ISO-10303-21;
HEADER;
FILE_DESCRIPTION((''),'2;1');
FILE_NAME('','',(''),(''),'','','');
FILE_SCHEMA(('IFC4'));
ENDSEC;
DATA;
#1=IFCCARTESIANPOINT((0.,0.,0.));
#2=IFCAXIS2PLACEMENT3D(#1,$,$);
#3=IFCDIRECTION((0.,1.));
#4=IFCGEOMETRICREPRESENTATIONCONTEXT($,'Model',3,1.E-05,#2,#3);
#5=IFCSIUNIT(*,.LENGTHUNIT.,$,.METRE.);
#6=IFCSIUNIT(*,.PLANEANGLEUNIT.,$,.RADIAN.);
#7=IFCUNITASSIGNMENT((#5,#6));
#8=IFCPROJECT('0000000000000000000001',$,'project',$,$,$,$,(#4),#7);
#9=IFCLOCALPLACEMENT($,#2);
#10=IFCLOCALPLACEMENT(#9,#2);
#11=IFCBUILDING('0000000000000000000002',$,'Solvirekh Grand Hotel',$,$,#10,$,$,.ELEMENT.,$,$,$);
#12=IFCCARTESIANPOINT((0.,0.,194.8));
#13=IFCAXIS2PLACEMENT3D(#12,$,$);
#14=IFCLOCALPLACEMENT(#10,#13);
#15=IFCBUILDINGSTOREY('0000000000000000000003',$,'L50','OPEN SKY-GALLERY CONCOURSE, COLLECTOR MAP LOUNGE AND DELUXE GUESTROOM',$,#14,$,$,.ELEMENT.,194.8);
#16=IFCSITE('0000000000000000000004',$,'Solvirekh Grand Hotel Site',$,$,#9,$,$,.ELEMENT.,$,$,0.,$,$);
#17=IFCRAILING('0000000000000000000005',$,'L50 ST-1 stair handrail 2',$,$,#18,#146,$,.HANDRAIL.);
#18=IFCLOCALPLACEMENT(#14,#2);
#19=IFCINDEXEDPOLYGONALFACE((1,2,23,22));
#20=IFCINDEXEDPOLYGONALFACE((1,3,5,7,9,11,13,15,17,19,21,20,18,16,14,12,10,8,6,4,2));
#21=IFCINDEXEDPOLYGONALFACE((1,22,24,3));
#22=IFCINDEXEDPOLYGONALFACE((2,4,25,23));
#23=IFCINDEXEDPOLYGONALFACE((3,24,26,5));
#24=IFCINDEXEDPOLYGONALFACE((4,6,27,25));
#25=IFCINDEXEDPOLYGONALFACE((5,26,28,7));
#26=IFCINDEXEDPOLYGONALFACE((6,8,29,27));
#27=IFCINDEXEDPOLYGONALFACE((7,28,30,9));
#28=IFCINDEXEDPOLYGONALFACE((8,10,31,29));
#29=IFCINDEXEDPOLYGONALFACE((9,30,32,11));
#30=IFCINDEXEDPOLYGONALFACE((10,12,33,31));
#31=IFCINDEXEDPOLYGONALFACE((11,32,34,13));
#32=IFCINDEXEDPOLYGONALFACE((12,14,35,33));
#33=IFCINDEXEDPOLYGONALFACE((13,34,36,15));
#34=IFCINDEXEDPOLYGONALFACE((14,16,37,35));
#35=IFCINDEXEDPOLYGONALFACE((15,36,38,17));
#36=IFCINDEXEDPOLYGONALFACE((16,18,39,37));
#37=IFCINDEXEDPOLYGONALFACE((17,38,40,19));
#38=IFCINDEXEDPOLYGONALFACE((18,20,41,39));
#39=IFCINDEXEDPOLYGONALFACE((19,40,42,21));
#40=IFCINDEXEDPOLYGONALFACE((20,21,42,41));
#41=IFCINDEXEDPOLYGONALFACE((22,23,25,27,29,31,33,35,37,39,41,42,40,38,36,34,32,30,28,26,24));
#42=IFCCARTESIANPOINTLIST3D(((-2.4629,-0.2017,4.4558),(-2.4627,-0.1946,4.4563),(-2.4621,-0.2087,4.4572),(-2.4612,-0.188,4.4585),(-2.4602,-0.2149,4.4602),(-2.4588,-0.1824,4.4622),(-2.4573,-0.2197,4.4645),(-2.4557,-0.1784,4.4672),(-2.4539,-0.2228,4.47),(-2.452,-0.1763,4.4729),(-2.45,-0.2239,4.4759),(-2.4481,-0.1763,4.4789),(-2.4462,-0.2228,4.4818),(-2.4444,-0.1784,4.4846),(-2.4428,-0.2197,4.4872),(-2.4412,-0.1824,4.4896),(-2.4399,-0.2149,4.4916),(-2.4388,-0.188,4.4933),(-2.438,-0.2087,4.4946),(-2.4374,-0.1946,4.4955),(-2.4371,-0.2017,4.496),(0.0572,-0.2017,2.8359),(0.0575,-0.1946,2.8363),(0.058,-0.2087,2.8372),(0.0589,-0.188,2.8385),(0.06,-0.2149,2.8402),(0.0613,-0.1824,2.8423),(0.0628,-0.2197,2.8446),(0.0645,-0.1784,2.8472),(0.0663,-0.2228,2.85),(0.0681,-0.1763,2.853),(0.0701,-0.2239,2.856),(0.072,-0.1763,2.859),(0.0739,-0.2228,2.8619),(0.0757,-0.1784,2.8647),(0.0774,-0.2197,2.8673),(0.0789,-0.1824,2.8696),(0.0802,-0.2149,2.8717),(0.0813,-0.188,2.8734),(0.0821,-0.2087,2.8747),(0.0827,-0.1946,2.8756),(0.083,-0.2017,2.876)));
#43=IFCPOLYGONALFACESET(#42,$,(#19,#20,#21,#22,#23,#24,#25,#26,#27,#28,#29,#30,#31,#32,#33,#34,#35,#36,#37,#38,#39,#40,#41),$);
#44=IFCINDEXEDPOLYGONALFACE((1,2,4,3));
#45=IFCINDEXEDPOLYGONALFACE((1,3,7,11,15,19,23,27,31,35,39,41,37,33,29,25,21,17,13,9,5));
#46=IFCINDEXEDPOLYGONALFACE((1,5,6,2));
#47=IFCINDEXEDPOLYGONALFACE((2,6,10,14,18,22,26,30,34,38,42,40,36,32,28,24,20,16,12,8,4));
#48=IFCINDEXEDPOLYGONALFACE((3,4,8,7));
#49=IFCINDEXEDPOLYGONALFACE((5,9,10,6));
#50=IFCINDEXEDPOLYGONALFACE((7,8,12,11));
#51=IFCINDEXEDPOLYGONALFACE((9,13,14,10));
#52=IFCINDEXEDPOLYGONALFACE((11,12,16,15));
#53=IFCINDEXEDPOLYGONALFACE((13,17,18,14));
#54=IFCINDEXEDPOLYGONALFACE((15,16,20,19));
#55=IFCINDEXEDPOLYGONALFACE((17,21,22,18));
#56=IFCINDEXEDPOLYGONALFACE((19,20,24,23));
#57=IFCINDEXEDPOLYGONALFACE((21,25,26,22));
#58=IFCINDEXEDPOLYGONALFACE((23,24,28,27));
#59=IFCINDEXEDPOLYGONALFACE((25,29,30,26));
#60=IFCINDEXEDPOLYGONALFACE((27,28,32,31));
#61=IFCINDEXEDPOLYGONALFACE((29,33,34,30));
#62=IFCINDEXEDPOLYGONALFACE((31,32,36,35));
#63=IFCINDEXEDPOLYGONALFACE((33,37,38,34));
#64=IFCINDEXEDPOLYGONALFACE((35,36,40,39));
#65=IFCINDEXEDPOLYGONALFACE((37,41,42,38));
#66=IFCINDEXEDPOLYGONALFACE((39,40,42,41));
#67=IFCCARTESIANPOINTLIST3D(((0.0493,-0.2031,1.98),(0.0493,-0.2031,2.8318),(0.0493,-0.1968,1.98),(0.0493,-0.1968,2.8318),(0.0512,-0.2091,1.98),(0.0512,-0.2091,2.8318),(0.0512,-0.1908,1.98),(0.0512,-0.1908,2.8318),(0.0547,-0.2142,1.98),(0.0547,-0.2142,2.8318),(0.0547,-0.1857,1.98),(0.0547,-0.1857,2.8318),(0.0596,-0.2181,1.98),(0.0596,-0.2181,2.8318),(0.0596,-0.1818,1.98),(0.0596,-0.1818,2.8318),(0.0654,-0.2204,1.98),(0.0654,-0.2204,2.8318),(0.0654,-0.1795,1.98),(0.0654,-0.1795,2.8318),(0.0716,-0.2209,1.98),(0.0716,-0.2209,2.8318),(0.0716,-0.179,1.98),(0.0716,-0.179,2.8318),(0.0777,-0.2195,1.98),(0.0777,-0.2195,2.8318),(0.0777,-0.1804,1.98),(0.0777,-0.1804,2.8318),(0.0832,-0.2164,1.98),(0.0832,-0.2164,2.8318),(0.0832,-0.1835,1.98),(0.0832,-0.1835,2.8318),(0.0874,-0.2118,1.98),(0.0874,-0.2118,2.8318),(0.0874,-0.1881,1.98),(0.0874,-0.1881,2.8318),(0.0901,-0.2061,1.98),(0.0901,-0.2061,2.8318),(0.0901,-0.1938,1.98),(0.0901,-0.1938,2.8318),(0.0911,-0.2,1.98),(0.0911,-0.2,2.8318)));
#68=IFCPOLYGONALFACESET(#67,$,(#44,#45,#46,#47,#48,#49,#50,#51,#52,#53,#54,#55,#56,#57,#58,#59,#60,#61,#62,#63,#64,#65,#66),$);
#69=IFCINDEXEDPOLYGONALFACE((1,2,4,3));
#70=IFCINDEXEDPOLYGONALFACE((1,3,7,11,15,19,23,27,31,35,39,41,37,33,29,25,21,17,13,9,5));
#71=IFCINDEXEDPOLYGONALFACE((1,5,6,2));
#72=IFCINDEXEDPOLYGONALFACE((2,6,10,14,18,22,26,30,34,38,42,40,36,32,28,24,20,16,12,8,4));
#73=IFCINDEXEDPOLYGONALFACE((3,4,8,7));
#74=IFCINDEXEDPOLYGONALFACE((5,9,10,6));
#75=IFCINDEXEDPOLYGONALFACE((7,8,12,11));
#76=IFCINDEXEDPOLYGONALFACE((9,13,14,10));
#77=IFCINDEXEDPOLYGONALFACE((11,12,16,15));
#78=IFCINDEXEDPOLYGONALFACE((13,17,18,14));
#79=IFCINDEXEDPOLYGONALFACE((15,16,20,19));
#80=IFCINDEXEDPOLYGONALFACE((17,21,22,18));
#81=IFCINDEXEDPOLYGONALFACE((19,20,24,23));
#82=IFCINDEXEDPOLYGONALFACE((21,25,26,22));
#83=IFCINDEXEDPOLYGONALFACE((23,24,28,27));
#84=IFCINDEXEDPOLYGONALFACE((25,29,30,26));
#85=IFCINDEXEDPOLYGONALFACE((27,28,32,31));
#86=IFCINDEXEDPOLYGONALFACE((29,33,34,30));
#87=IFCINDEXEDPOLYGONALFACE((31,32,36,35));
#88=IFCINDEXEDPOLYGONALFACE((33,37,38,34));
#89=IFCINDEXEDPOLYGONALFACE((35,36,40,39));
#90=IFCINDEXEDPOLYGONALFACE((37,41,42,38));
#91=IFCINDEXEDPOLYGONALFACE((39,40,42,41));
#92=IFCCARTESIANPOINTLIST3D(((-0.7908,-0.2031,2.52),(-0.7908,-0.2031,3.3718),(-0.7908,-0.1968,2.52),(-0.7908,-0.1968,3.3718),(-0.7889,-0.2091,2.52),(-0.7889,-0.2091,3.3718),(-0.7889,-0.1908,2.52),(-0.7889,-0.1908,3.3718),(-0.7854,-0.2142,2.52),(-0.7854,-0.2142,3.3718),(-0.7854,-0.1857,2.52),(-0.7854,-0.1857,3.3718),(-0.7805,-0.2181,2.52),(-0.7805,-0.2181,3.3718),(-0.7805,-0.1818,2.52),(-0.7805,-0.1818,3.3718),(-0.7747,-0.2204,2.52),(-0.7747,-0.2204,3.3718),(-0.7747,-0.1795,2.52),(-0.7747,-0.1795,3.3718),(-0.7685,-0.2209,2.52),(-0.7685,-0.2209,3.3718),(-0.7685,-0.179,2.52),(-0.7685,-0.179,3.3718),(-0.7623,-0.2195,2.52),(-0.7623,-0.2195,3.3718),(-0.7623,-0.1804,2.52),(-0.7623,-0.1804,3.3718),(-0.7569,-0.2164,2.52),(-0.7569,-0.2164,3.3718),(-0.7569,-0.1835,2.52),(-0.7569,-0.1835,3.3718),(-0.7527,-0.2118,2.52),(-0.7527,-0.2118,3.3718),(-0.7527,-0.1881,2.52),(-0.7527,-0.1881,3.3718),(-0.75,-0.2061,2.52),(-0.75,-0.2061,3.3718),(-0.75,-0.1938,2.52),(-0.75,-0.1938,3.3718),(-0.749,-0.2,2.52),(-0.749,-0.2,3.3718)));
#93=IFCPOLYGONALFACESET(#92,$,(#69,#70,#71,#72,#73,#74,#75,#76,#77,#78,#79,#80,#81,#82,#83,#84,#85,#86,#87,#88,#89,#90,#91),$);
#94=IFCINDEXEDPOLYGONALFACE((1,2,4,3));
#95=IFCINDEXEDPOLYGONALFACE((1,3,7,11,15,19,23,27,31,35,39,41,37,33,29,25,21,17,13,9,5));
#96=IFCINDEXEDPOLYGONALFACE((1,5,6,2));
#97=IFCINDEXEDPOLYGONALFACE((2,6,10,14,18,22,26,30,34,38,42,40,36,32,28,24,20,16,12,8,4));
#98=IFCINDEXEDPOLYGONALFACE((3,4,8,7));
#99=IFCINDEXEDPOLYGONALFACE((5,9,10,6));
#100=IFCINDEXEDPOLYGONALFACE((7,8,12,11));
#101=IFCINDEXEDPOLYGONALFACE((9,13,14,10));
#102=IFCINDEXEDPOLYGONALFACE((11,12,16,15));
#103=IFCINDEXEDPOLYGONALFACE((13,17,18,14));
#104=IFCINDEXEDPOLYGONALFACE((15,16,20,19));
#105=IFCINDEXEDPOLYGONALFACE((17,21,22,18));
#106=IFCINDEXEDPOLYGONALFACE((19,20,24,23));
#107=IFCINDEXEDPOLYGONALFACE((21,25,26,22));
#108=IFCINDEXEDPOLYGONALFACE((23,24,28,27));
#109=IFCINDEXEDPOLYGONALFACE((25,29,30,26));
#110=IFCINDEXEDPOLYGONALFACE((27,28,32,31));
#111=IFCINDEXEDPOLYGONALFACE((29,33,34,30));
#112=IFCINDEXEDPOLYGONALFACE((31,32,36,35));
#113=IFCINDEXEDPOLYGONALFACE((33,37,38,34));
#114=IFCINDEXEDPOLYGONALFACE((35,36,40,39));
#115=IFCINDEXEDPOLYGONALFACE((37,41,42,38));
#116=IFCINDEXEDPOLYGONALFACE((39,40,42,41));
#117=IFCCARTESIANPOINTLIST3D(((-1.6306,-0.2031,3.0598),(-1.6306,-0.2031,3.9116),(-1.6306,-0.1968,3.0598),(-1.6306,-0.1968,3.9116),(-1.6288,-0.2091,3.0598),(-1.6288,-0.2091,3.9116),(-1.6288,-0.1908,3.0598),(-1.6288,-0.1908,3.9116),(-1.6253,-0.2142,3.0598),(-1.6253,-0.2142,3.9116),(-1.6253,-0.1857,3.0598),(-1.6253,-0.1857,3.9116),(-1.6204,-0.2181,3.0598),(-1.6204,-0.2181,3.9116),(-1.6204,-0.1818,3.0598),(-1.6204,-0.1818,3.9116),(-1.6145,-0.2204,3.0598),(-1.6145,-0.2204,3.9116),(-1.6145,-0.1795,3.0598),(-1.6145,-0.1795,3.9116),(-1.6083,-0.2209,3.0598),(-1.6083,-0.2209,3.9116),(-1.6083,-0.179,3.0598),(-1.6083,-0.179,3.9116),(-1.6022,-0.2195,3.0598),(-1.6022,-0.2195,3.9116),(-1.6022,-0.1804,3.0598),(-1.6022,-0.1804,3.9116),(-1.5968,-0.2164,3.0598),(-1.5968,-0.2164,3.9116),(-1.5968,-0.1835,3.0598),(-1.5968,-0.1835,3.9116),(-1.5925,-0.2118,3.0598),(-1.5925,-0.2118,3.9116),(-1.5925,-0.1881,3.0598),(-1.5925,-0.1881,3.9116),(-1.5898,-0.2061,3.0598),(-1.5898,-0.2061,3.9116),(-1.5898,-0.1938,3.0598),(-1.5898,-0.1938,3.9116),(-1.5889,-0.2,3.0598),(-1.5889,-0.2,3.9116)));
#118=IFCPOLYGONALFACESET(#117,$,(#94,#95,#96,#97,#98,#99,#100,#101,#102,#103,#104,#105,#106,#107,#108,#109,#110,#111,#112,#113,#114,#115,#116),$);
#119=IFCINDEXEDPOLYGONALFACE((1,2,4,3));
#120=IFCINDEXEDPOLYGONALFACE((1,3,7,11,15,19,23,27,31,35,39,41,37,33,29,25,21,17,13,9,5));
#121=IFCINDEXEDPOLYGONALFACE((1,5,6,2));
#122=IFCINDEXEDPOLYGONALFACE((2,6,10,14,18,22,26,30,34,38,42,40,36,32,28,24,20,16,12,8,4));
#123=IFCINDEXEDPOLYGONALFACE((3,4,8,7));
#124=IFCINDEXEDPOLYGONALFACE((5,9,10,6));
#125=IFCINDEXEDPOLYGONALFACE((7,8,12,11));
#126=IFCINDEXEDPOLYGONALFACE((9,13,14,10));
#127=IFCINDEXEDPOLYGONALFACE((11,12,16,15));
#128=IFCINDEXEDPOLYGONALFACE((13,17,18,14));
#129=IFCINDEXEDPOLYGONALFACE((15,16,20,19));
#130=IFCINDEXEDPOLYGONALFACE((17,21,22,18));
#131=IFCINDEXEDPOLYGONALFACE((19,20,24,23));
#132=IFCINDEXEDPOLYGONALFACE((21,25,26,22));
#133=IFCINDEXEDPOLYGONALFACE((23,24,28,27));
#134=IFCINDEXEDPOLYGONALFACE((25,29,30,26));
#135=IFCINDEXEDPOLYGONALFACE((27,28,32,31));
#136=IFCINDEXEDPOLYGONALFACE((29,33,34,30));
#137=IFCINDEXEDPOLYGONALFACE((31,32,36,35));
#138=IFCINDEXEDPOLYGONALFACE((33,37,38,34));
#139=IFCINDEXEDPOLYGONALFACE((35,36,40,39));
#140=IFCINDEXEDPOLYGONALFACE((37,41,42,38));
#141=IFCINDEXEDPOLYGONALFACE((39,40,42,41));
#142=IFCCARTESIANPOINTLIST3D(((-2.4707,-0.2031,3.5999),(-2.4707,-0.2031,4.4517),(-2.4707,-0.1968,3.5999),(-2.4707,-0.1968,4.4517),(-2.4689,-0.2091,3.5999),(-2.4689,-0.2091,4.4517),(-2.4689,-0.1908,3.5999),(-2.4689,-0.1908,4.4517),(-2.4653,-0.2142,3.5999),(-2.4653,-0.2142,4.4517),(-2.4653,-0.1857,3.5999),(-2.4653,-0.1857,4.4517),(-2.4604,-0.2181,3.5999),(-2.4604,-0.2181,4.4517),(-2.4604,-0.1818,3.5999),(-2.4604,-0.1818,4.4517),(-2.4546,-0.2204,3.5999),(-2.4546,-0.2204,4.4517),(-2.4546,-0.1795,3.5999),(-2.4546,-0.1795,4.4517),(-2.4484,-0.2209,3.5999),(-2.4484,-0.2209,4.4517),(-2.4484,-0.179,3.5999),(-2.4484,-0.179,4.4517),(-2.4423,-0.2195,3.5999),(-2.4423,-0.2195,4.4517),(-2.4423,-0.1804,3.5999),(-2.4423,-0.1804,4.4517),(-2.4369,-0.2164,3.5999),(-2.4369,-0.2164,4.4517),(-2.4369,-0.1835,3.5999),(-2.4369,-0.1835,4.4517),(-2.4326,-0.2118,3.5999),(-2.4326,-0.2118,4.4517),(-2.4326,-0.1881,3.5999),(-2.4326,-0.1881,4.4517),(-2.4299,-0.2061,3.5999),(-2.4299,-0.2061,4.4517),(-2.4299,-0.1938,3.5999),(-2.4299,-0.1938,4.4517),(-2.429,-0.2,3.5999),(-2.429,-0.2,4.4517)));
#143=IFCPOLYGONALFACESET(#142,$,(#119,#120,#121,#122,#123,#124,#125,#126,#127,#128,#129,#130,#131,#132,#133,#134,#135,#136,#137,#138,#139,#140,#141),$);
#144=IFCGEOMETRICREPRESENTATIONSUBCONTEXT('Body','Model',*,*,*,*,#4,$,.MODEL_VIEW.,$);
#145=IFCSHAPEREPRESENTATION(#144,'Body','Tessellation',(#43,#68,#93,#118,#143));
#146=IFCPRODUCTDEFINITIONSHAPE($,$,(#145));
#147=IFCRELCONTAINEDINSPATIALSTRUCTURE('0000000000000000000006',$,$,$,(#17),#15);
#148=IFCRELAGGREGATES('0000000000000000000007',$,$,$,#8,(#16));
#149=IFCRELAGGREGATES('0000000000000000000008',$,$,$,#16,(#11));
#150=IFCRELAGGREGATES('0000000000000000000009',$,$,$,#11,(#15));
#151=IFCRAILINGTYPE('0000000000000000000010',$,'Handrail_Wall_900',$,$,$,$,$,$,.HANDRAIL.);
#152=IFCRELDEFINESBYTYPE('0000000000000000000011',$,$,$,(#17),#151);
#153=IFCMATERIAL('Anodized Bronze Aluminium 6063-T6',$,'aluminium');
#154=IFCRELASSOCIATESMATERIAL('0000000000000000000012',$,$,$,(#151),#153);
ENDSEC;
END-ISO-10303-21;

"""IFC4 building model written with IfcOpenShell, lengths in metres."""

from ifc_helpers import new_model, si_unit, direction, frame, origin, origin_2d, place, context, subcontext, project, spatial, circle, extrude, material, type_object, element, save


model = new_model("IFC4")

# Units and contexts
model_context = context("Model", 3, precision=1e-05, world=origin(), true_north=direction((0.0, 1.0)))
body_context = subcontext(model_context, "Body", "Model", "MODEL_VIEW")
ifc_project = project(units=[si_unit("LENGTHUNIT", "METRE"), si_unit("PLANEANGLEUNIT", "RADIAN")], contexts=[model_context])

# Site, building, storey
site_placement = place(None, origin())
site = spatial("IfcSite", under=ifc_project, at=site_placement, Name="Solvirekh Grand Hotel Site", CompositionType="ELEMENT", RefElevation=0.0)
building_placement = place(site_placement, origin())
building = spatial("IfcBuilding", under=site, at=building_placement, Name="Solvirekh Grand Hotel", CompositionType="ELEMENT")
storey_placement = place(building_placement, frame((0.0, 0.0, 194.8)))
storey = spatial("IfcBuildingStorey", under=building, at=storey_placement, Name="L50", Description="OPEN SKY-GALLERY CONCOURSE, COLLECTOR MAP LOUNGE AND DELUXE GUESTROOM", CompositionType="ELEMENT", Elevation=194.8)

# Railing
ifc_material_1 = material(Name="Anodized Bronze Aluminium 6063-T6", Category="aluminium")
railing_type_1 = type_object("IfcRailingType", Name="Handrail_Wall_900", PredefinedType="HANDRAIL", material=ifc_material_1)
railing_1_placement = place(storey_placement, frame((0.0701, -0.2, 1.98)))
element("IfcRailing", 1, at=railing_1_placement, inside=storey, type_object=railing_type_1, Name="L50 ST-1 stair handrail 2", PredefinedType="HANDRAIL", context=body_context, shape_type="SweptSolid", body=[
    extrude(circle(Radius=0.0239, at=origin_2d()), frame((0.0, 0.0, 0.876), z_axis=(-0.8412, 0.0, 0.540725), x_axis=(0.0, -1.0, 0.0)), (0.0, 0.0, 1.0), 2.9958),
    extrude(circle(Radius=0.021, at=origin_2d()), origin(), (0.0, 0.0, 1.0), 0.8518),
    extrude(circle(Radius=0.021, at=origin_2d()), frame((-0.8401, 0.0, 0.54)), (0.0, 0.0, 1.0), 0.8518),
    extrude(circle(Radius=0.021, at=origin_2d()), frame((-1.6799, 0.0, 1.0798)), (0.0, 0.0, 1.0), 0.8518),
    extrude(circle(Radius=0.021, at=origin_2d()), frame((-2.52, 0.0, 1.6199)), (0.0, 0.0, 1.0), 0.8518),
])

save(model, "model.ifc")
